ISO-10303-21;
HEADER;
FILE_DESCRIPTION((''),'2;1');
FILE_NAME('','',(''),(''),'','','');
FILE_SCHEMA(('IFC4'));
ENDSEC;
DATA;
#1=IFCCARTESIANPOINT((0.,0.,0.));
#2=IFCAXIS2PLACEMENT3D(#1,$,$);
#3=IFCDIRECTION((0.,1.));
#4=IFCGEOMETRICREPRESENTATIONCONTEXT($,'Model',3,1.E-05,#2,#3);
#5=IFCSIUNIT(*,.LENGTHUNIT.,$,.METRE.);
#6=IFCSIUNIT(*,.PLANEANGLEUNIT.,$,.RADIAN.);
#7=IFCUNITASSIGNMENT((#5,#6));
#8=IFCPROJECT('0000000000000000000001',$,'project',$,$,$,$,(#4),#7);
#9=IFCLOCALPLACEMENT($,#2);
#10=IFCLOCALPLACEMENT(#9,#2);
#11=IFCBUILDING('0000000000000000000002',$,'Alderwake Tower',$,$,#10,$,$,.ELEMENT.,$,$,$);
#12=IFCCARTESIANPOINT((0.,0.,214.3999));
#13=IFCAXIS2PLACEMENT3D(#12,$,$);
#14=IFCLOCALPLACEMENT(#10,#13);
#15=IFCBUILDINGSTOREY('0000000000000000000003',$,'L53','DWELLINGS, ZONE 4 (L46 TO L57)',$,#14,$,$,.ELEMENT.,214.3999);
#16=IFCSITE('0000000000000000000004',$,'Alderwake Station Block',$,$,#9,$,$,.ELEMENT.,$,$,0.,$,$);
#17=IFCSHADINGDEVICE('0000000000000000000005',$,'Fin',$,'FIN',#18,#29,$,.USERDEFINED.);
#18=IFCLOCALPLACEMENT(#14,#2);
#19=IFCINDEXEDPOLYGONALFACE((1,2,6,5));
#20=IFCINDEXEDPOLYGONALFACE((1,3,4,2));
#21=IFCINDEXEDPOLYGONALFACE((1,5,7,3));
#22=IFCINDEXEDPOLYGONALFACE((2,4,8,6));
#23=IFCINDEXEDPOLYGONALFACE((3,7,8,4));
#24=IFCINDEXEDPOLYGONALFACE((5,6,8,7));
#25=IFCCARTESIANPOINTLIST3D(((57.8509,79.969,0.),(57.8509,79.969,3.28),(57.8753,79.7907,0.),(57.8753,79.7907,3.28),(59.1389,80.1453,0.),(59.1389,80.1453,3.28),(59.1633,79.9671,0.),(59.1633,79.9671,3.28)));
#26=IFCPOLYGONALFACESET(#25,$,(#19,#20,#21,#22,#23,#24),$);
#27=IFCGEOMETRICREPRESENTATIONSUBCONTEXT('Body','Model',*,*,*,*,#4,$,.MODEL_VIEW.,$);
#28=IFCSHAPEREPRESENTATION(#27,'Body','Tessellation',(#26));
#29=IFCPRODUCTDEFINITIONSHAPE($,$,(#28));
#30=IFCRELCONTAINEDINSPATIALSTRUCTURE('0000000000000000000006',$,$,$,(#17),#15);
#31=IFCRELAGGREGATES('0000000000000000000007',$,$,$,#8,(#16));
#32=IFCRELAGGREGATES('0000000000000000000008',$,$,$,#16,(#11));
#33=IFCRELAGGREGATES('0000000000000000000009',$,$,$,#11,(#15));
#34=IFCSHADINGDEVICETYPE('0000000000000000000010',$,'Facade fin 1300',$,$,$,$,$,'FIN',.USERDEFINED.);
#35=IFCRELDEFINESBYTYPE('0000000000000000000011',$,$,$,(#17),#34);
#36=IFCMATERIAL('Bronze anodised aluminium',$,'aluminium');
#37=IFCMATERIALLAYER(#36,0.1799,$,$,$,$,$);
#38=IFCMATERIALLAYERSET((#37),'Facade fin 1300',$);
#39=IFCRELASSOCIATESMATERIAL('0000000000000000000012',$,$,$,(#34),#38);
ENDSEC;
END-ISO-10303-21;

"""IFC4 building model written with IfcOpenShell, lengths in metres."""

from ifc_helpers import new_model, si_unit, direction, frame, origin, origin_2d, place, context, subcontext, project, spatial, rectangle, extrude, material, layer, layer_set, type_object, element, save


model = new_model("IFC4")

# Units and contexts
model_context = context("Model", 3, precision=1e-05, world=origin(), true_north=direction((0.0, 1.0)))
body_context = subcontext(model_context, "Body", "Model", "MODEL_VIEW")
ifc_project = project(units=[si_unit("LENGTHUNIT", "METRE"), si_unit("PLANEANGLEUNIT", "RADIAN")], contexts=[model_context])

# Site, building, storey
site_placement = place(None, origin())
site = spatial("IfcSite", under=ifc_project, at=site_placement, Name="Alderwake Station Block", CompositionType="ELEMENT", RefElevation=0.0)
building_placement = place(site_placement, origin())
building = spatial("IfcBuilding", under=site, at=building_placement, Name="Alderwake Tower", CompositionType="ELEMENT")
storey_placement = place(building_placement, frame((0.0, 0.0, 214.3999)))
storey = spatial("IfcBuildingStorey", under=building, at=storey_placement, Name="L53", Description="DWELLINGS, ZONE 4 (L46 TO L57)", CompositionType="ELEMENT", Elevation=214.3999)

# Shading device
ifc_material_1 = material(Name="Bronze anodised aluminium", Category="aluminium")
ifc_layer_1 = layer(ifc_material_1, 0.1799)
ifc_layer_set_1 = layer_set([ifc_layer_1], Name="Facade fin 1300")
shading_device_type = type_object("IfcShadingDeviceType", Name="Facade fin 1300", ElementType="FIN", PredefinedType="USERDEFINED", material=ifc_layer_set_1)
for number, where, z_axis, x_axis, name in (
    (1, (58.5071, 79.968, 0.0), (0.0, 0.0, 1.0), (0.990753, 0.135681, 0.0), "Fin"),
):
    element("IfcShadingDevice", number, at=place(storey_placement, frame(where, z_axis=z_axis, x_axis=x_axis)), inside=storey, type_object=shading_device_type, Name=name, ObjectType="FIN", PredefinedType="USERDEFINED", context=body_context, shape_type="SweptSolid", body=[
        extrude(rectangle(XDim=1.3, YDim=0.1799, at=origin_2d()), origin(), (0.0, 0.0, 1.0), 3.28),
    ])

save(model, "model.ifc")
